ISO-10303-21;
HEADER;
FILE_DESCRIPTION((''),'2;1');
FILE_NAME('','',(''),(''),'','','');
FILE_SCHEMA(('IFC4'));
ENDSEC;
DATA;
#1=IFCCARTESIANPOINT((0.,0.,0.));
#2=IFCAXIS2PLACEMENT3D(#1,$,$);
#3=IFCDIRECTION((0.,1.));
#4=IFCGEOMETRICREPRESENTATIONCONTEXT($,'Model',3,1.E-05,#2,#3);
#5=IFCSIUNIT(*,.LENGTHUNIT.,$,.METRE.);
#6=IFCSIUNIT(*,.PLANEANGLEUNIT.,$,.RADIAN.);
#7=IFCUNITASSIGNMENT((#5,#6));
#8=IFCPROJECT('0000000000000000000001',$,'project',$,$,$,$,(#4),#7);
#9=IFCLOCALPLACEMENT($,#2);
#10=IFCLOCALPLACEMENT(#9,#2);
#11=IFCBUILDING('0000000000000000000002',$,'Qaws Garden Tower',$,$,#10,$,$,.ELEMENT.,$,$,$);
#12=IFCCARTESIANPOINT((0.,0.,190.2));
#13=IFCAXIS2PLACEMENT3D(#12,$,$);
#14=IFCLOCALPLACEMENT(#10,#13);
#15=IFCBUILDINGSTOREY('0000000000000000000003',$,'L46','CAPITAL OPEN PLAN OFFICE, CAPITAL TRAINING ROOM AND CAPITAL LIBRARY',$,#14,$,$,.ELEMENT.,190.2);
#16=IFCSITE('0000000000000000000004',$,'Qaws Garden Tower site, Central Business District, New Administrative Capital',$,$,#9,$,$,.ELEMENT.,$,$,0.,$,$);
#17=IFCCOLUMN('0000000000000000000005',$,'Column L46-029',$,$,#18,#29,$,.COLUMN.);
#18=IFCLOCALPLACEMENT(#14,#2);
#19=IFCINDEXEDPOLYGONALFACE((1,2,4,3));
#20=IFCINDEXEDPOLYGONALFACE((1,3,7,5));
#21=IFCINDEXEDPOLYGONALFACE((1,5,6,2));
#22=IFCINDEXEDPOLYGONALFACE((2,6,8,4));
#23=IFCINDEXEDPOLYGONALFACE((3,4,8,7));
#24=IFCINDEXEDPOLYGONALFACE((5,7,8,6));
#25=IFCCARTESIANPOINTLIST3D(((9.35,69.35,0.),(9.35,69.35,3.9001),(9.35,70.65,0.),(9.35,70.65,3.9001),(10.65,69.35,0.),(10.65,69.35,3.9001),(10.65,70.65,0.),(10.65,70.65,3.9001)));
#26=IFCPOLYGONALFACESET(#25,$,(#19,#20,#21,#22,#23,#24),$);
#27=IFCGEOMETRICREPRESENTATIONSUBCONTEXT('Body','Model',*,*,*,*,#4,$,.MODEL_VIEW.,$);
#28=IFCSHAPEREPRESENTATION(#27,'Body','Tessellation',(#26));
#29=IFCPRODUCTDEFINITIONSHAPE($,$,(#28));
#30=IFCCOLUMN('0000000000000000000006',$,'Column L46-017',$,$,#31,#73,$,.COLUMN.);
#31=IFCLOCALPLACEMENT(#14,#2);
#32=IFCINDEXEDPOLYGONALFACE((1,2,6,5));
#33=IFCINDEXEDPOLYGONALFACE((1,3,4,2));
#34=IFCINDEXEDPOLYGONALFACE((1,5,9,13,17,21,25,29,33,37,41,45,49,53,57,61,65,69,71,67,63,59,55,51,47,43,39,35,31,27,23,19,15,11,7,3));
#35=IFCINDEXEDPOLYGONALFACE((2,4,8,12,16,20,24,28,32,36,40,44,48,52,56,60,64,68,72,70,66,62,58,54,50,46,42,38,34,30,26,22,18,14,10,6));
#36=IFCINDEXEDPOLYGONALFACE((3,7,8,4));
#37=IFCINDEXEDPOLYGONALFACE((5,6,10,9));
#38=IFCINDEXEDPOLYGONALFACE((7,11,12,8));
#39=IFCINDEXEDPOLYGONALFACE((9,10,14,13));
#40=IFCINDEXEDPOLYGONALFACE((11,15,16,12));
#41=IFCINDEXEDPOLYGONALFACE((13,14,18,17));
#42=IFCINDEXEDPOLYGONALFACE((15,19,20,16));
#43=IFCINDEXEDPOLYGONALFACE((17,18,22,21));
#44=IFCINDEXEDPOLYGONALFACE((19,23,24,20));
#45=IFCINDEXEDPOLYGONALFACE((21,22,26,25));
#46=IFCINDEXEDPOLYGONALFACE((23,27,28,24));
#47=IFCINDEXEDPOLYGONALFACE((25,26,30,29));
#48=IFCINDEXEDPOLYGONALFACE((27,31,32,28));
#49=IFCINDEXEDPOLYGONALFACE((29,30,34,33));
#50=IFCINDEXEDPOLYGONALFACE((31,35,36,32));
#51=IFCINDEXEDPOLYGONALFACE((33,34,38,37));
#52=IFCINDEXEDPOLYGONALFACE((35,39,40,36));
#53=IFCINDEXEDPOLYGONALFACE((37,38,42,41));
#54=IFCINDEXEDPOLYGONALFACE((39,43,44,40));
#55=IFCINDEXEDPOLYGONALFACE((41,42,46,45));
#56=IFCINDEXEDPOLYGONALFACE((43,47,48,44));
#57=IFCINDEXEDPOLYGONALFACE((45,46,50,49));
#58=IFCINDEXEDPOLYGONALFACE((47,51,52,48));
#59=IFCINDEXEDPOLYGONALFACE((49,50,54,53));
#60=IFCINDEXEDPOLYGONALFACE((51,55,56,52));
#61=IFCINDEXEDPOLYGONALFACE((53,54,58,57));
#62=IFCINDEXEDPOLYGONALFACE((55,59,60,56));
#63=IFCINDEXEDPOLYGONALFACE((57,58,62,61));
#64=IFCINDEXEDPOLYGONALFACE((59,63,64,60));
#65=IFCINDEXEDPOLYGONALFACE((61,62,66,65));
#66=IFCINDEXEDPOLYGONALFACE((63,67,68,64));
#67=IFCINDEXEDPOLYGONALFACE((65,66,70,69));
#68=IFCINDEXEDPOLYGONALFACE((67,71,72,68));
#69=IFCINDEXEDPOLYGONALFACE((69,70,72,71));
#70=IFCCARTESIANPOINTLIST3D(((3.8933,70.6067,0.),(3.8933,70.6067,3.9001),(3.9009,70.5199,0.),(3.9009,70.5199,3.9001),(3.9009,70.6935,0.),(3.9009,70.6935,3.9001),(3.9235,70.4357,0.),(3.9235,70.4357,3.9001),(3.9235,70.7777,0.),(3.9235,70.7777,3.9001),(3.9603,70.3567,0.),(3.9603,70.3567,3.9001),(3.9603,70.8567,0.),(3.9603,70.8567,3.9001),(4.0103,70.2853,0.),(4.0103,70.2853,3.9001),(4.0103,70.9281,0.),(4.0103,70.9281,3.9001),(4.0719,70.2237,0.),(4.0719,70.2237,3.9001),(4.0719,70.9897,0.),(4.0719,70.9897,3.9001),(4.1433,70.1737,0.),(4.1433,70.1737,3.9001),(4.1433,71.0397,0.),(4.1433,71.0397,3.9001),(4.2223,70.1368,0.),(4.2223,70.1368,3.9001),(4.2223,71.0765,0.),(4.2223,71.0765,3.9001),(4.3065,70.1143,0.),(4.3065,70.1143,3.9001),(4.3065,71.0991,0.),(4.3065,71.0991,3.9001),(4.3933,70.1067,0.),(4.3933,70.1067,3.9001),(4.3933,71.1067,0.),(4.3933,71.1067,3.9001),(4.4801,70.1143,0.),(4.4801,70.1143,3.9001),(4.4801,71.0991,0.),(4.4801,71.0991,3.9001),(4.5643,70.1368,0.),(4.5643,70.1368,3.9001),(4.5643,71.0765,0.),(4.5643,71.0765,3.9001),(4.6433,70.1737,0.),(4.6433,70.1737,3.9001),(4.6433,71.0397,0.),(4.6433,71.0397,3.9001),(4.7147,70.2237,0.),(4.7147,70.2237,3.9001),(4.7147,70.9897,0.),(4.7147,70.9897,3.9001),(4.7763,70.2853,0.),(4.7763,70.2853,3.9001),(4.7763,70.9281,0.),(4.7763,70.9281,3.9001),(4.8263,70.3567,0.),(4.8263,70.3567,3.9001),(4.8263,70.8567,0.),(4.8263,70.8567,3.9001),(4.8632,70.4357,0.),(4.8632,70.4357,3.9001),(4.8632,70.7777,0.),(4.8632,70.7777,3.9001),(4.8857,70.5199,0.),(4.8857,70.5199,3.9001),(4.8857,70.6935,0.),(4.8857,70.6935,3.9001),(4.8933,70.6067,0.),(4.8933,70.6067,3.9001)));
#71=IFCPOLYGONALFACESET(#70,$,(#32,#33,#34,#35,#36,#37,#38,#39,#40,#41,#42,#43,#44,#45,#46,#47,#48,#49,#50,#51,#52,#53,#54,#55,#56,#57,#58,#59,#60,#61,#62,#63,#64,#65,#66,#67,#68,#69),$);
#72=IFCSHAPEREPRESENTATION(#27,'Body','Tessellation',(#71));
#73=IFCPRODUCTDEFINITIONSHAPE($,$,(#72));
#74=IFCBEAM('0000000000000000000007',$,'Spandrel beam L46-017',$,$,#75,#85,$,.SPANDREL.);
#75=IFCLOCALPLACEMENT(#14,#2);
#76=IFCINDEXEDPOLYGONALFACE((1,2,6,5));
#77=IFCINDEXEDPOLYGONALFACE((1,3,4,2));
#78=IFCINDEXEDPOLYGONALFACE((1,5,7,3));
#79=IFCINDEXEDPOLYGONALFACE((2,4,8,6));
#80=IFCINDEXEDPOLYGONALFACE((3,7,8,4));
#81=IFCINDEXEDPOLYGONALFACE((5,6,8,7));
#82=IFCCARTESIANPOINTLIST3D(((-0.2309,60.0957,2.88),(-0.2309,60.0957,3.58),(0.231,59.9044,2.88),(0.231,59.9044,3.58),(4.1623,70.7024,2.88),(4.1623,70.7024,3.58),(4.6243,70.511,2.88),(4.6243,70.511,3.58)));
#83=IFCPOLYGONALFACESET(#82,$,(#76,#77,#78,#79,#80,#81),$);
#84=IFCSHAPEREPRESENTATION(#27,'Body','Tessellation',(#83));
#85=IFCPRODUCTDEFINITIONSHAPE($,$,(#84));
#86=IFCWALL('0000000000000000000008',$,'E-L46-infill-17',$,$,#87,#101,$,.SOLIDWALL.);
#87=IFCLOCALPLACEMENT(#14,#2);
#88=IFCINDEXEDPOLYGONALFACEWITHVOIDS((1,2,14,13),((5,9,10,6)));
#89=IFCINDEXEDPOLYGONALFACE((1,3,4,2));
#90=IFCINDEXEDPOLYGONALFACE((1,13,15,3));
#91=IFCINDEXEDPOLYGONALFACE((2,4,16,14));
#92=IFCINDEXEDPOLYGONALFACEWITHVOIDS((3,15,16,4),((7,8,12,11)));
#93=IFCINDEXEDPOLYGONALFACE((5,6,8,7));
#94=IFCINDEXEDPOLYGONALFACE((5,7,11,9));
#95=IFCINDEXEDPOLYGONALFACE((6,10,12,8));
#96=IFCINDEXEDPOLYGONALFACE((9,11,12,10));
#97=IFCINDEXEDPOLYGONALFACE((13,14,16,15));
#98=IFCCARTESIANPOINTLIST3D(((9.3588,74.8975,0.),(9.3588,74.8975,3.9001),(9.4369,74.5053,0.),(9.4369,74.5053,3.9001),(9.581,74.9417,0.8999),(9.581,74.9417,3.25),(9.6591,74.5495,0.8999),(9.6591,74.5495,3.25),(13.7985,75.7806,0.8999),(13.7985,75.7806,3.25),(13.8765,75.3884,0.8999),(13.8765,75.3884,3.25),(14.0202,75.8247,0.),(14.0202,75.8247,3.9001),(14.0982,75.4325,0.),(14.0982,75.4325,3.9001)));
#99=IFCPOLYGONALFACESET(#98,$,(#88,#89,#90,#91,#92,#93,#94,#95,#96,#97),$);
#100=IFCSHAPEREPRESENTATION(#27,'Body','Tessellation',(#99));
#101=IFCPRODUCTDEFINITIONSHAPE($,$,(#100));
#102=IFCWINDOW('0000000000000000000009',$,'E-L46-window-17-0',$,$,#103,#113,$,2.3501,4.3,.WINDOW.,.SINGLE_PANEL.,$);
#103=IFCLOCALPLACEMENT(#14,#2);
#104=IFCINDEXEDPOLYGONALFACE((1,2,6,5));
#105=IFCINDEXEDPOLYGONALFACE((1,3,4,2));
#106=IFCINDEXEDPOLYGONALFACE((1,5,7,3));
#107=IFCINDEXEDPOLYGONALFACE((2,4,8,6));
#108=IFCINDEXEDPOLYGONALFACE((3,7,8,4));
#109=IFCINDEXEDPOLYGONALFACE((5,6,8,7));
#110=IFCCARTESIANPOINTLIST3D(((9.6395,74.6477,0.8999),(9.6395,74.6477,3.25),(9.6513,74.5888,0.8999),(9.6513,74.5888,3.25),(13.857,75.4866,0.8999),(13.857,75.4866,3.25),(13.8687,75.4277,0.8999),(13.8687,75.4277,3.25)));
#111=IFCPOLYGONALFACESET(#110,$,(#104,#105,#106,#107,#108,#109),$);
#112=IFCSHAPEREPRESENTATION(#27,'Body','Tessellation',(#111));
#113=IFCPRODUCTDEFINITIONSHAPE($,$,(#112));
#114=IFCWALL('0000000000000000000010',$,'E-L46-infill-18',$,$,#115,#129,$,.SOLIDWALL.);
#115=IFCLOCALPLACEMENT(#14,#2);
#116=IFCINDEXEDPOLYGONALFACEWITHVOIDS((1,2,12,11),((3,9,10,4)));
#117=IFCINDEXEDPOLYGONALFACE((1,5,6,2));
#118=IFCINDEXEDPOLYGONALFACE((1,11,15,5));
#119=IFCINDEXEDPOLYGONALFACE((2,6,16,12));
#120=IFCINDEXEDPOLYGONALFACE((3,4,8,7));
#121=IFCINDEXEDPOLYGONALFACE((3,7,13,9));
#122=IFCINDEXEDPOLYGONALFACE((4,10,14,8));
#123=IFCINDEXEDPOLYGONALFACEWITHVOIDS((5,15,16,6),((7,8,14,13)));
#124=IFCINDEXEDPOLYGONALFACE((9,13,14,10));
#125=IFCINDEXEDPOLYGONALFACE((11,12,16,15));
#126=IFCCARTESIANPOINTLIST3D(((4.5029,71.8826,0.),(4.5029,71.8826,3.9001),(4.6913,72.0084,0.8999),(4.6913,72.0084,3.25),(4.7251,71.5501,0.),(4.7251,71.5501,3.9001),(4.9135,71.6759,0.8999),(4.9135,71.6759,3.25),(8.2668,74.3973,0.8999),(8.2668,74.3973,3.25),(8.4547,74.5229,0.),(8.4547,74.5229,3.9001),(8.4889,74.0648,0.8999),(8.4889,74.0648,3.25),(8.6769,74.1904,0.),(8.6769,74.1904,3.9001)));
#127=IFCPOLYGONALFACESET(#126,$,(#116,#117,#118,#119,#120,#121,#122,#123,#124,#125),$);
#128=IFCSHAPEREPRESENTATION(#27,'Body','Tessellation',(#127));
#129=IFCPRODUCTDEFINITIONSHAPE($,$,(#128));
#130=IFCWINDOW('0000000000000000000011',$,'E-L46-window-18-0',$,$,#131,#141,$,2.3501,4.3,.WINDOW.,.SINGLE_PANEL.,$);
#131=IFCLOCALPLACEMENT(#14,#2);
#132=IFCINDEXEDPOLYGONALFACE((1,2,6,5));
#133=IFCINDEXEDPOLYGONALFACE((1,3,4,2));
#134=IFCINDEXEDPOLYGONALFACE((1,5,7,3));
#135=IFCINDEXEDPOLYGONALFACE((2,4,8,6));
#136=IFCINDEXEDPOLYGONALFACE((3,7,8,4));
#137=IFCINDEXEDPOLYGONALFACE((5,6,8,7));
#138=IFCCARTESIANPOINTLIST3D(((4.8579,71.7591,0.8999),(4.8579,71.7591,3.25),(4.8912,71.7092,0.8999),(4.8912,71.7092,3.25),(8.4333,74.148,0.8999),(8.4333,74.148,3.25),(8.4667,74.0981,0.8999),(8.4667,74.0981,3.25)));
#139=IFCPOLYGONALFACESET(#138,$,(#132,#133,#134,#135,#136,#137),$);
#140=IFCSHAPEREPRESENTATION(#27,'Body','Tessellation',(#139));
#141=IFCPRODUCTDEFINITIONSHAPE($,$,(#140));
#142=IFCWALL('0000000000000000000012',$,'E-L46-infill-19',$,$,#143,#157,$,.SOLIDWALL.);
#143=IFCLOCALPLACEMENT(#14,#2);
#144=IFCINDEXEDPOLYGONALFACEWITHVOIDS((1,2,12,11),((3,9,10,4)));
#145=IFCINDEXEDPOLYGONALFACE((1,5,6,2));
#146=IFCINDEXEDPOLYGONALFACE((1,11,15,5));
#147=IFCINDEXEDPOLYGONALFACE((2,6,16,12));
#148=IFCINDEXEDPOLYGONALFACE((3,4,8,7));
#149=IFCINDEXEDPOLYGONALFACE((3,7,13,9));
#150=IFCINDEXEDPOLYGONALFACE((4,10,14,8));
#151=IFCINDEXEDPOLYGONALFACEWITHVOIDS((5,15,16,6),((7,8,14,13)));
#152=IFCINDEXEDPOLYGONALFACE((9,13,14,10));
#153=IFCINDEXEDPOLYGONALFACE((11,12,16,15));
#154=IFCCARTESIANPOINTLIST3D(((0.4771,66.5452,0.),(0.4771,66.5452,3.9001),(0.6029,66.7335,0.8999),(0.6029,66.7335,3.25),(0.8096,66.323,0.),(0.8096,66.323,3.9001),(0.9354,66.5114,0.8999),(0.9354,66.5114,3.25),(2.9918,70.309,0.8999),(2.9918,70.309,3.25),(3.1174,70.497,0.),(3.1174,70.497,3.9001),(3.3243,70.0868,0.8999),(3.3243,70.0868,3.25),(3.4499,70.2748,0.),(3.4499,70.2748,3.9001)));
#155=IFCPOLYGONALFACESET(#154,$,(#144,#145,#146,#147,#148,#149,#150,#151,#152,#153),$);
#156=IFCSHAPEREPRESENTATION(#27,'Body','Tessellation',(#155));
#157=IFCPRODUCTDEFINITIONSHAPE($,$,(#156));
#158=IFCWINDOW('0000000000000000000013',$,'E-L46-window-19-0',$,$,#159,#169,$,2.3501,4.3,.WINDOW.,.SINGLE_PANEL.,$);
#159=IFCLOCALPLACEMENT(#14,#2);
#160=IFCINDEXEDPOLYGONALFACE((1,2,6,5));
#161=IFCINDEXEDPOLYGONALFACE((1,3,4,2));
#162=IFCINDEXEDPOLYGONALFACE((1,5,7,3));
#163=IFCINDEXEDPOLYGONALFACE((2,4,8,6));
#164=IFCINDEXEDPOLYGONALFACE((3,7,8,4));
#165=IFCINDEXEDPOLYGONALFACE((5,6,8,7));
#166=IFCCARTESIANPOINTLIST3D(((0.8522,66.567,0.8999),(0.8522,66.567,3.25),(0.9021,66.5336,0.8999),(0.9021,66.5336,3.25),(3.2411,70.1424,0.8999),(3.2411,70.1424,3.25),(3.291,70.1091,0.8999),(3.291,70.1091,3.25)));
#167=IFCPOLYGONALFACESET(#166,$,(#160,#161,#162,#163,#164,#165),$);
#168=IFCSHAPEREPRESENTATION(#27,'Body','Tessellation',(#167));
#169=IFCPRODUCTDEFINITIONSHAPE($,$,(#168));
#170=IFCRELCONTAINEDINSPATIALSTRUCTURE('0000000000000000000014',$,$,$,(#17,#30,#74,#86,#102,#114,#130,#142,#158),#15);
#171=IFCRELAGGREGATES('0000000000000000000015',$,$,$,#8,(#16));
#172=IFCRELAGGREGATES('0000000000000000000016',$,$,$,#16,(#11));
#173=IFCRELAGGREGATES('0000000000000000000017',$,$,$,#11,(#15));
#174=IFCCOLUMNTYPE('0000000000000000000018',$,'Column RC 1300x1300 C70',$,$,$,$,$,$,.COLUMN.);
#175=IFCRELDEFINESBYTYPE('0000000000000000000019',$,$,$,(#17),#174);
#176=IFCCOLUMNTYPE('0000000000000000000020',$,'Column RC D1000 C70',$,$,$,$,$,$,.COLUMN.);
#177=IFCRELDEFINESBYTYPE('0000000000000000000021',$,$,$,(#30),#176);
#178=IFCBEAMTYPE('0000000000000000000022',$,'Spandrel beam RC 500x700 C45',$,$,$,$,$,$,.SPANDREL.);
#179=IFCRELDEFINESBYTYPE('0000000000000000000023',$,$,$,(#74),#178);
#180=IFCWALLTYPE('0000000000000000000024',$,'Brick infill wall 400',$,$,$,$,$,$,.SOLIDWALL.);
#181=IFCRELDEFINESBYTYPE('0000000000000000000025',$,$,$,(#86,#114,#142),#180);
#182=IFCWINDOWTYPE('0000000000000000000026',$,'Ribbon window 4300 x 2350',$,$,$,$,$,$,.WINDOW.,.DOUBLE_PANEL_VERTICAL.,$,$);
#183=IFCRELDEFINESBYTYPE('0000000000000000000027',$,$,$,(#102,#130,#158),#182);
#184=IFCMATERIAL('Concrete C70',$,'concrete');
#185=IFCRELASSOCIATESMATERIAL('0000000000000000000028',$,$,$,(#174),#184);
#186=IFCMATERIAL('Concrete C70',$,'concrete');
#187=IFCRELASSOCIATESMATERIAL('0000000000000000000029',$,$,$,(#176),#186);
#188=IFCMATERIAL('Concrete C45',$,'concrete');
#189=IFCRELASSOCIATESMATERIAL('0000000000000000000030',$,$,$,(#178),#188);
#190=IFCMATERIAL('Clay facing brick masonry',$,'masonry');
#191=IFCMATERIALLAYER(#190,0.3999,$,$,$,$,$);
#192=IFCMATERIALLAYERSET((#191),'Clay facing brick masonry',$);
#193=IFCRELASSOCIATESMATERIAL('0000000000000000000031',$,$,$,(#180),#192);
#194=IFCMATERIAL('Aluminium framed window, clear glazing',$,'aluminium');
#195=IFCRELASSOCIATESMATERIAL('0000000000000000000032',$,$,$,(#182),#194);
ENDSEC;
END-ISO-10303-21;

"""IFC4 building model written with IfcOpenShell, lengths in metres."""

from ifc_helpers import new_model, si_unit, direction, frame, frame_2d, origin, origin_2d, place, context, subcontext, project, spatial, rectangle, circle, extrude, material, layer, layer_set, material_profile, profile_set, type_object, element, fill, save


model = new_model("IFC4")

# Units and contexts
model_context = context("Model", 3, precision=1e-05, world=origin(), true_north=direction((0.0, 1.0)))
body_context = subcontext(model_context, "Body", "Model", "MODEL_VIEW")
ifc_project = project(units=[si_unit("LENGTHUNIT", "METRE"), si_unit("PLANEANGLEUNIT", "RADIAN")], contexts=[model_context])

# Site, building, storey
site_placement = place(None, origin())
site = spatial("IfcSite", under=ifc_project, at=site_placement, Name="Qaws Garden Tower site, Central Business District, New Administrative Capital", CompositionType="ELEMENT", RefElevation=0.0)
building_placement = place(site_placement, origin())
building = spatial("IfcBuilding", under=site, at=building_placement, Name="Qaws Garden Tower", CompositionType="ELEMENT")
storey_placement = place(building_placement, frame((0.0, 0.0, 190.2)))
storey = spatial("IfcBuildingStorey", under=building, at=storey_placement, Name="L46", Description="CAPITAL OPEN PLAN OFFICE, CAPITAL TRAINING ROOM AND CAPITAL LIBRARY", CompositionType="ELEMENT", Elevation=190.2)

# Columns
ifc_material_1 = material(Name="Concrete C70", Category="concrete")
ifc_material_profile_1 = material_profile(ifc_material_1, rectangle(XDim=1.3, YDim=1.3, at=origin_2d()), Name="RC 1300x1300")
ifc_profile_set_1 = profile_set([ifc_material_profile_1], Name="Concrete C70")
column_type_1 = type_object("IfcColumnType", Name="Column RC 1300x1300 C70", PredefinedType="COLUMN", material=ifc_profile_set_1)
column_1_placement = place(storey_placement, frame((10.0, 70.0, 0.0), z_axis=(0.0, 0.0, 1.0), x_axis=(1.0, 0.0, 0.0)))
element("IfcColumn", 1, at=column_1_placement, inside=storey, type_object=column_type_1, Name="Column L46-029", PredefinedType="COLUMN", context=body_context, shape_type="SweptSolid", body=[
    extrude(rectangle(XDim=1.3, YDim=1.3, at=origin_2d()), origin(), (0.0, 0.0, 1.0), 3.9001),
])
ifc_material_2 = material(Name="Concrete C70", Category="concrete")
ifc_material_profile_2 = material_profile(ifc_material_2, circle(Radius=0.5, at=origin_2d()), Name="RC D1000")
ifc_profile_set_2 = profile_set([ifc_material_profile_2], Name="Concrete C70")
column_type_2 = type_object("IfcColumnType", Name="Column RC D1000 C70", PredefinedType="COLUMN", material=ifc_profile_set_2)
column_2_placement = place(storey_placement, frame((4.3933, 70.6067, 0.0), z_axis=(0.0, 0.0, 1.0), x_axis=(1.0, 0.0, 0.0)))
element("IfcColumn", 2, at=column_2_placement, inside=storey, type_object=column_type_2, Name="Column L46-017", PredefinedType="COLUMN", context=body_context, shape_type="SweptSolid", body=[
    extrude(circle(Radius=0.5, at=origin_2d()), origin(), (0.0, 0.0, 1.0), 3.9001),
])

# Beam
ifc_material_3 = material(Name="Concrete C45", Category="concrete")
ifc_material_profile_3 = material_profile(ifc_material_3, rectangle(XDim=0.5, YDim=0.7, at=origin_2d()), Name="RC 500x700")
ifc_profile_set_3 = profile_set([ifc_material_profile_3], Name="Concrete C45")
beam_type = type_object("IfcBeamType", Name="Spandrel beam RC 500x700 C45", PredefinedType="SPANDREL", material=ifc_profile_set_3)
beam_placement = place(storey_placement, frame((4.3933, 70.6067, 3.23), z_axis=(-0.382674, -0.923883, 0.0), x_axis=(0.923883, -0.382674, 0.0)))
element("IfcBeam", 3, at=beam_placement, inside=storey, type_object=beam_type, Name="Spandrel beam L46-017", PredefinedType="SPANDREL", context=body_context, shape_type="SweptSolid", body=[
    extrude(rectangle(XDim=0.5, YDim=0.7, at=origin_2d()), origin(), (0.0, 0.0, 1.0), 11.4805),
])

# Walls, openings, windows
ifc_material_4 = material(Name="Clay facing brick masonry", Category="masonry")
ifc_layer_1 = layer(ifc_material_4, 0.3999)
ifc_layer_set_1 = layer_set([ifc_layer_1], Name="Clay facing brick masonry")
wall_type_1 = type_object("IfcWallType", Name="Brick infill wall 400", PredefinedType="SOLIDWALL", material=ifc_layer_set_1)
wall_1_placement = place(storey_placement, frame((14.0593, 75.6287, 0.0), z_axis=(0.0, 0.0, 1.0), x_axis=(-0.980784, -0.195099, 0.0)))
wall_1 = element("IfcWall", 4, at=wall_1_placement, inside=storey, type_object=wall_type_1, Name="E-L46-infill-17", PredefinedType="SOLIDWALL", context=body_context, shape_type="SweptSolid", body=[
    extrude(rectangle(XDim=4.7527, YDim=0.3999, at=frame_2d((2.3765, 0.0))), origin(), (0.0, 0.0, 1.0), 3.9001),
])
opening_1_placement = place(wall_1_placement, frame((0.2263, 0.0, 0.8999)))
opening_1 = element("IfcOpeningElement", 5, at=opening_1_placement, cuts=wall_1, PredefinedType="OPENING", context=body_context, shape_type="SweptSolid", body=[
    extrude(rectangle(XDim=4.3, YDim=2.3501, at=frame_2d((2.1499, 1.175))), frame((0.0, 0.21, 0.0), z_axis=(0.0, -1.0, 0.0), x_axis=(1.0, 0.0, 0.0)), (0.0, 0.0, 1.0), 0.4199),
])
ifc_material_5 = material(Name="Aluminium framed window, clear glazing", Category="aluminium")
window_type = type_object("IfcWindowType", Name="Ribbon window 4300 x 2350", PartitioningType="DOUBLE_PANEL_VERTICAL", PredefinedType="WINDOW", material=ifc_material_5)
window_1_placement = place(opening_1_placement, origin())
window_1 = element("IfcWindow", 6, at=window_1_placement, inside=storey, type_object=window_type, Name="E-L46-window-17-0", OverallHeight=2.3501, OverallWidth=4.3, PartitioningType="SINGLE_PANEL", PredefinedType="WINDOW", context=body_context, shape_type="SweptSolid", body=[
    extrude(rectangle(XDim=4.3, YDim=2.3501, at=frame_2d((2.1499, 1.175))), frame((0.0, 0.1599, 0.0), z_axis=(0.0, -1.0, 0.0), x_axis=(1.0, 0.0, 0.0)), (0.0, 0.0, 1.0), 0.0601),
])
fill(opening_1, window_1)
wall_2_placement = place(storey_placement, frame((8.5659, 74.3567, 0.0), z_axis=(0.0, 0.0, 1.0), x_axis=(-0.831489, -0.555542, 0.0)))
wall_2 = element("IfcWall", 7, at=wall_2_placement, inside=storey, type_object=wall_type_1, Name="E-L46-infill-18", PredefinedType="SOLIDWALL", context=body_context, shape_type="SweptSolid", body=[
    extrude(rectangle(XDim=4.7527, YDim=0.3999, at=frame_2d((2.3765, 0.0))), origin(), (0.0, 0.0, 1.0), 3.9001),
])
opening_2_placement = place(wall_2_placement, frame((0.2263, 0.0, 0.8999)))
opening_2 = element("IfcOpeningElement", 8, at=opening_2_placement, cuts=wall_2, PredefinedType="OPENING", context=body_context, shape_type="SweptSolid", body=[
    extrude(rectangle(XDim=4.3, YDim=2.3501, at=frame_2d((2.1499, 1.175))), frame((0.0, 0.21, 0.0), z_axis=(0.0, -1.0, 0.0), x_axis=(1.0, 0.0, 0.0)), (0.0, 0.0, 1.0), 0.4199),
])
window_2_placement = place(opening_2_placement, origin())
window_2 = element("IfcWindow", 9, at=window_2_placement, inside=storey, type_object=window_type, Name="E-L46-window-18-0", OverallHeight=2.3501, OverallWidth=4.3, PartitioningType="SINGLE_PANEL", PredefinedType="WINDOW", context=body_context, shape_type="SweptSolid", body=[
    extrude(rectangle(XDim=4.3, YDim=2.3501, at=frame_2d((2.1499, 1.175))), frame((0.0, 0.1599, 0.0), z_axis=(0.0, -1.0, 0.0), x_axis=(1.0, 0.0, 0.0)), (0.0, 0.0, 1.0), 0.0601),
])
fill(opening_2, window_2)
wall_3_placement = place(storey_placement, frame((3.2837, 70.386, 0.0), z_axis=(0.0, 0.0, 1.0), x_axis=(-0.555542, -0.831489, 0.0)))
wall_3 = element("IfcWall", 10, at=wall_3_placement, inside=storey, type_object=wall_type_1, Name="E-L46-infill-19", PredefinedType="SOLIDWALL", context=body_context, shape_type="SweptSolid", body=[
    extrude(rectangle(XDim=4.7527, YDim=0.3999, at=frame_2d((2.3765, 0.0))), origin(), (0.0, 0.0, 1.0), 3.9001),
])
opening_3_placement = place(wall_3_placement, frame((0.2263, 0.0, 0.8999)))
opening_3 = element("IfcOpeningElement", 11, at=opening_3_placement, cuts=wall_3, PredefinedType="OPENING", context=body_context, shape_type="SweptSolid", body=[
    extrude(rectangle(XDim=4.3, YDim=2.3501, at=frame_2d((2.1499, 1.175))), frame((0.0, 0.21, 0.0), z_axis=(0.0, -1.0, 0.0), x_axis=(1.0, 0.0, 0.0)), (0.0, 0.0, 1.0), 0.4199),
])
window_3_placement = place(opening_3_placement, origin())
window_3 = element("IfcWindow", 12, at=window_3_placement, inside=storey, type_object=window_type, Name="E-L46-window-19-0", OverallHeight=2.3501, OverallWidth=4.3, PartitioningType="SINGLE_PANEL", PredefinedType="WINDOW", context=body_context, shape_type="SweptSolid", body=[
    extrude(rectangle(XDim=4.3, YDim=2.3501, at=frame_2d((2.1499, 1.175))), frame((0.0, 0.1599, 0.0), z_axis=(0.0, -1.0, 0.0), x_axis=(1.0, 0.0, 0.0)), (0.0, 0.0, 1.0), 0.0601),
])
fill(opening_3, window_3)

save(model, "model.ifc")
